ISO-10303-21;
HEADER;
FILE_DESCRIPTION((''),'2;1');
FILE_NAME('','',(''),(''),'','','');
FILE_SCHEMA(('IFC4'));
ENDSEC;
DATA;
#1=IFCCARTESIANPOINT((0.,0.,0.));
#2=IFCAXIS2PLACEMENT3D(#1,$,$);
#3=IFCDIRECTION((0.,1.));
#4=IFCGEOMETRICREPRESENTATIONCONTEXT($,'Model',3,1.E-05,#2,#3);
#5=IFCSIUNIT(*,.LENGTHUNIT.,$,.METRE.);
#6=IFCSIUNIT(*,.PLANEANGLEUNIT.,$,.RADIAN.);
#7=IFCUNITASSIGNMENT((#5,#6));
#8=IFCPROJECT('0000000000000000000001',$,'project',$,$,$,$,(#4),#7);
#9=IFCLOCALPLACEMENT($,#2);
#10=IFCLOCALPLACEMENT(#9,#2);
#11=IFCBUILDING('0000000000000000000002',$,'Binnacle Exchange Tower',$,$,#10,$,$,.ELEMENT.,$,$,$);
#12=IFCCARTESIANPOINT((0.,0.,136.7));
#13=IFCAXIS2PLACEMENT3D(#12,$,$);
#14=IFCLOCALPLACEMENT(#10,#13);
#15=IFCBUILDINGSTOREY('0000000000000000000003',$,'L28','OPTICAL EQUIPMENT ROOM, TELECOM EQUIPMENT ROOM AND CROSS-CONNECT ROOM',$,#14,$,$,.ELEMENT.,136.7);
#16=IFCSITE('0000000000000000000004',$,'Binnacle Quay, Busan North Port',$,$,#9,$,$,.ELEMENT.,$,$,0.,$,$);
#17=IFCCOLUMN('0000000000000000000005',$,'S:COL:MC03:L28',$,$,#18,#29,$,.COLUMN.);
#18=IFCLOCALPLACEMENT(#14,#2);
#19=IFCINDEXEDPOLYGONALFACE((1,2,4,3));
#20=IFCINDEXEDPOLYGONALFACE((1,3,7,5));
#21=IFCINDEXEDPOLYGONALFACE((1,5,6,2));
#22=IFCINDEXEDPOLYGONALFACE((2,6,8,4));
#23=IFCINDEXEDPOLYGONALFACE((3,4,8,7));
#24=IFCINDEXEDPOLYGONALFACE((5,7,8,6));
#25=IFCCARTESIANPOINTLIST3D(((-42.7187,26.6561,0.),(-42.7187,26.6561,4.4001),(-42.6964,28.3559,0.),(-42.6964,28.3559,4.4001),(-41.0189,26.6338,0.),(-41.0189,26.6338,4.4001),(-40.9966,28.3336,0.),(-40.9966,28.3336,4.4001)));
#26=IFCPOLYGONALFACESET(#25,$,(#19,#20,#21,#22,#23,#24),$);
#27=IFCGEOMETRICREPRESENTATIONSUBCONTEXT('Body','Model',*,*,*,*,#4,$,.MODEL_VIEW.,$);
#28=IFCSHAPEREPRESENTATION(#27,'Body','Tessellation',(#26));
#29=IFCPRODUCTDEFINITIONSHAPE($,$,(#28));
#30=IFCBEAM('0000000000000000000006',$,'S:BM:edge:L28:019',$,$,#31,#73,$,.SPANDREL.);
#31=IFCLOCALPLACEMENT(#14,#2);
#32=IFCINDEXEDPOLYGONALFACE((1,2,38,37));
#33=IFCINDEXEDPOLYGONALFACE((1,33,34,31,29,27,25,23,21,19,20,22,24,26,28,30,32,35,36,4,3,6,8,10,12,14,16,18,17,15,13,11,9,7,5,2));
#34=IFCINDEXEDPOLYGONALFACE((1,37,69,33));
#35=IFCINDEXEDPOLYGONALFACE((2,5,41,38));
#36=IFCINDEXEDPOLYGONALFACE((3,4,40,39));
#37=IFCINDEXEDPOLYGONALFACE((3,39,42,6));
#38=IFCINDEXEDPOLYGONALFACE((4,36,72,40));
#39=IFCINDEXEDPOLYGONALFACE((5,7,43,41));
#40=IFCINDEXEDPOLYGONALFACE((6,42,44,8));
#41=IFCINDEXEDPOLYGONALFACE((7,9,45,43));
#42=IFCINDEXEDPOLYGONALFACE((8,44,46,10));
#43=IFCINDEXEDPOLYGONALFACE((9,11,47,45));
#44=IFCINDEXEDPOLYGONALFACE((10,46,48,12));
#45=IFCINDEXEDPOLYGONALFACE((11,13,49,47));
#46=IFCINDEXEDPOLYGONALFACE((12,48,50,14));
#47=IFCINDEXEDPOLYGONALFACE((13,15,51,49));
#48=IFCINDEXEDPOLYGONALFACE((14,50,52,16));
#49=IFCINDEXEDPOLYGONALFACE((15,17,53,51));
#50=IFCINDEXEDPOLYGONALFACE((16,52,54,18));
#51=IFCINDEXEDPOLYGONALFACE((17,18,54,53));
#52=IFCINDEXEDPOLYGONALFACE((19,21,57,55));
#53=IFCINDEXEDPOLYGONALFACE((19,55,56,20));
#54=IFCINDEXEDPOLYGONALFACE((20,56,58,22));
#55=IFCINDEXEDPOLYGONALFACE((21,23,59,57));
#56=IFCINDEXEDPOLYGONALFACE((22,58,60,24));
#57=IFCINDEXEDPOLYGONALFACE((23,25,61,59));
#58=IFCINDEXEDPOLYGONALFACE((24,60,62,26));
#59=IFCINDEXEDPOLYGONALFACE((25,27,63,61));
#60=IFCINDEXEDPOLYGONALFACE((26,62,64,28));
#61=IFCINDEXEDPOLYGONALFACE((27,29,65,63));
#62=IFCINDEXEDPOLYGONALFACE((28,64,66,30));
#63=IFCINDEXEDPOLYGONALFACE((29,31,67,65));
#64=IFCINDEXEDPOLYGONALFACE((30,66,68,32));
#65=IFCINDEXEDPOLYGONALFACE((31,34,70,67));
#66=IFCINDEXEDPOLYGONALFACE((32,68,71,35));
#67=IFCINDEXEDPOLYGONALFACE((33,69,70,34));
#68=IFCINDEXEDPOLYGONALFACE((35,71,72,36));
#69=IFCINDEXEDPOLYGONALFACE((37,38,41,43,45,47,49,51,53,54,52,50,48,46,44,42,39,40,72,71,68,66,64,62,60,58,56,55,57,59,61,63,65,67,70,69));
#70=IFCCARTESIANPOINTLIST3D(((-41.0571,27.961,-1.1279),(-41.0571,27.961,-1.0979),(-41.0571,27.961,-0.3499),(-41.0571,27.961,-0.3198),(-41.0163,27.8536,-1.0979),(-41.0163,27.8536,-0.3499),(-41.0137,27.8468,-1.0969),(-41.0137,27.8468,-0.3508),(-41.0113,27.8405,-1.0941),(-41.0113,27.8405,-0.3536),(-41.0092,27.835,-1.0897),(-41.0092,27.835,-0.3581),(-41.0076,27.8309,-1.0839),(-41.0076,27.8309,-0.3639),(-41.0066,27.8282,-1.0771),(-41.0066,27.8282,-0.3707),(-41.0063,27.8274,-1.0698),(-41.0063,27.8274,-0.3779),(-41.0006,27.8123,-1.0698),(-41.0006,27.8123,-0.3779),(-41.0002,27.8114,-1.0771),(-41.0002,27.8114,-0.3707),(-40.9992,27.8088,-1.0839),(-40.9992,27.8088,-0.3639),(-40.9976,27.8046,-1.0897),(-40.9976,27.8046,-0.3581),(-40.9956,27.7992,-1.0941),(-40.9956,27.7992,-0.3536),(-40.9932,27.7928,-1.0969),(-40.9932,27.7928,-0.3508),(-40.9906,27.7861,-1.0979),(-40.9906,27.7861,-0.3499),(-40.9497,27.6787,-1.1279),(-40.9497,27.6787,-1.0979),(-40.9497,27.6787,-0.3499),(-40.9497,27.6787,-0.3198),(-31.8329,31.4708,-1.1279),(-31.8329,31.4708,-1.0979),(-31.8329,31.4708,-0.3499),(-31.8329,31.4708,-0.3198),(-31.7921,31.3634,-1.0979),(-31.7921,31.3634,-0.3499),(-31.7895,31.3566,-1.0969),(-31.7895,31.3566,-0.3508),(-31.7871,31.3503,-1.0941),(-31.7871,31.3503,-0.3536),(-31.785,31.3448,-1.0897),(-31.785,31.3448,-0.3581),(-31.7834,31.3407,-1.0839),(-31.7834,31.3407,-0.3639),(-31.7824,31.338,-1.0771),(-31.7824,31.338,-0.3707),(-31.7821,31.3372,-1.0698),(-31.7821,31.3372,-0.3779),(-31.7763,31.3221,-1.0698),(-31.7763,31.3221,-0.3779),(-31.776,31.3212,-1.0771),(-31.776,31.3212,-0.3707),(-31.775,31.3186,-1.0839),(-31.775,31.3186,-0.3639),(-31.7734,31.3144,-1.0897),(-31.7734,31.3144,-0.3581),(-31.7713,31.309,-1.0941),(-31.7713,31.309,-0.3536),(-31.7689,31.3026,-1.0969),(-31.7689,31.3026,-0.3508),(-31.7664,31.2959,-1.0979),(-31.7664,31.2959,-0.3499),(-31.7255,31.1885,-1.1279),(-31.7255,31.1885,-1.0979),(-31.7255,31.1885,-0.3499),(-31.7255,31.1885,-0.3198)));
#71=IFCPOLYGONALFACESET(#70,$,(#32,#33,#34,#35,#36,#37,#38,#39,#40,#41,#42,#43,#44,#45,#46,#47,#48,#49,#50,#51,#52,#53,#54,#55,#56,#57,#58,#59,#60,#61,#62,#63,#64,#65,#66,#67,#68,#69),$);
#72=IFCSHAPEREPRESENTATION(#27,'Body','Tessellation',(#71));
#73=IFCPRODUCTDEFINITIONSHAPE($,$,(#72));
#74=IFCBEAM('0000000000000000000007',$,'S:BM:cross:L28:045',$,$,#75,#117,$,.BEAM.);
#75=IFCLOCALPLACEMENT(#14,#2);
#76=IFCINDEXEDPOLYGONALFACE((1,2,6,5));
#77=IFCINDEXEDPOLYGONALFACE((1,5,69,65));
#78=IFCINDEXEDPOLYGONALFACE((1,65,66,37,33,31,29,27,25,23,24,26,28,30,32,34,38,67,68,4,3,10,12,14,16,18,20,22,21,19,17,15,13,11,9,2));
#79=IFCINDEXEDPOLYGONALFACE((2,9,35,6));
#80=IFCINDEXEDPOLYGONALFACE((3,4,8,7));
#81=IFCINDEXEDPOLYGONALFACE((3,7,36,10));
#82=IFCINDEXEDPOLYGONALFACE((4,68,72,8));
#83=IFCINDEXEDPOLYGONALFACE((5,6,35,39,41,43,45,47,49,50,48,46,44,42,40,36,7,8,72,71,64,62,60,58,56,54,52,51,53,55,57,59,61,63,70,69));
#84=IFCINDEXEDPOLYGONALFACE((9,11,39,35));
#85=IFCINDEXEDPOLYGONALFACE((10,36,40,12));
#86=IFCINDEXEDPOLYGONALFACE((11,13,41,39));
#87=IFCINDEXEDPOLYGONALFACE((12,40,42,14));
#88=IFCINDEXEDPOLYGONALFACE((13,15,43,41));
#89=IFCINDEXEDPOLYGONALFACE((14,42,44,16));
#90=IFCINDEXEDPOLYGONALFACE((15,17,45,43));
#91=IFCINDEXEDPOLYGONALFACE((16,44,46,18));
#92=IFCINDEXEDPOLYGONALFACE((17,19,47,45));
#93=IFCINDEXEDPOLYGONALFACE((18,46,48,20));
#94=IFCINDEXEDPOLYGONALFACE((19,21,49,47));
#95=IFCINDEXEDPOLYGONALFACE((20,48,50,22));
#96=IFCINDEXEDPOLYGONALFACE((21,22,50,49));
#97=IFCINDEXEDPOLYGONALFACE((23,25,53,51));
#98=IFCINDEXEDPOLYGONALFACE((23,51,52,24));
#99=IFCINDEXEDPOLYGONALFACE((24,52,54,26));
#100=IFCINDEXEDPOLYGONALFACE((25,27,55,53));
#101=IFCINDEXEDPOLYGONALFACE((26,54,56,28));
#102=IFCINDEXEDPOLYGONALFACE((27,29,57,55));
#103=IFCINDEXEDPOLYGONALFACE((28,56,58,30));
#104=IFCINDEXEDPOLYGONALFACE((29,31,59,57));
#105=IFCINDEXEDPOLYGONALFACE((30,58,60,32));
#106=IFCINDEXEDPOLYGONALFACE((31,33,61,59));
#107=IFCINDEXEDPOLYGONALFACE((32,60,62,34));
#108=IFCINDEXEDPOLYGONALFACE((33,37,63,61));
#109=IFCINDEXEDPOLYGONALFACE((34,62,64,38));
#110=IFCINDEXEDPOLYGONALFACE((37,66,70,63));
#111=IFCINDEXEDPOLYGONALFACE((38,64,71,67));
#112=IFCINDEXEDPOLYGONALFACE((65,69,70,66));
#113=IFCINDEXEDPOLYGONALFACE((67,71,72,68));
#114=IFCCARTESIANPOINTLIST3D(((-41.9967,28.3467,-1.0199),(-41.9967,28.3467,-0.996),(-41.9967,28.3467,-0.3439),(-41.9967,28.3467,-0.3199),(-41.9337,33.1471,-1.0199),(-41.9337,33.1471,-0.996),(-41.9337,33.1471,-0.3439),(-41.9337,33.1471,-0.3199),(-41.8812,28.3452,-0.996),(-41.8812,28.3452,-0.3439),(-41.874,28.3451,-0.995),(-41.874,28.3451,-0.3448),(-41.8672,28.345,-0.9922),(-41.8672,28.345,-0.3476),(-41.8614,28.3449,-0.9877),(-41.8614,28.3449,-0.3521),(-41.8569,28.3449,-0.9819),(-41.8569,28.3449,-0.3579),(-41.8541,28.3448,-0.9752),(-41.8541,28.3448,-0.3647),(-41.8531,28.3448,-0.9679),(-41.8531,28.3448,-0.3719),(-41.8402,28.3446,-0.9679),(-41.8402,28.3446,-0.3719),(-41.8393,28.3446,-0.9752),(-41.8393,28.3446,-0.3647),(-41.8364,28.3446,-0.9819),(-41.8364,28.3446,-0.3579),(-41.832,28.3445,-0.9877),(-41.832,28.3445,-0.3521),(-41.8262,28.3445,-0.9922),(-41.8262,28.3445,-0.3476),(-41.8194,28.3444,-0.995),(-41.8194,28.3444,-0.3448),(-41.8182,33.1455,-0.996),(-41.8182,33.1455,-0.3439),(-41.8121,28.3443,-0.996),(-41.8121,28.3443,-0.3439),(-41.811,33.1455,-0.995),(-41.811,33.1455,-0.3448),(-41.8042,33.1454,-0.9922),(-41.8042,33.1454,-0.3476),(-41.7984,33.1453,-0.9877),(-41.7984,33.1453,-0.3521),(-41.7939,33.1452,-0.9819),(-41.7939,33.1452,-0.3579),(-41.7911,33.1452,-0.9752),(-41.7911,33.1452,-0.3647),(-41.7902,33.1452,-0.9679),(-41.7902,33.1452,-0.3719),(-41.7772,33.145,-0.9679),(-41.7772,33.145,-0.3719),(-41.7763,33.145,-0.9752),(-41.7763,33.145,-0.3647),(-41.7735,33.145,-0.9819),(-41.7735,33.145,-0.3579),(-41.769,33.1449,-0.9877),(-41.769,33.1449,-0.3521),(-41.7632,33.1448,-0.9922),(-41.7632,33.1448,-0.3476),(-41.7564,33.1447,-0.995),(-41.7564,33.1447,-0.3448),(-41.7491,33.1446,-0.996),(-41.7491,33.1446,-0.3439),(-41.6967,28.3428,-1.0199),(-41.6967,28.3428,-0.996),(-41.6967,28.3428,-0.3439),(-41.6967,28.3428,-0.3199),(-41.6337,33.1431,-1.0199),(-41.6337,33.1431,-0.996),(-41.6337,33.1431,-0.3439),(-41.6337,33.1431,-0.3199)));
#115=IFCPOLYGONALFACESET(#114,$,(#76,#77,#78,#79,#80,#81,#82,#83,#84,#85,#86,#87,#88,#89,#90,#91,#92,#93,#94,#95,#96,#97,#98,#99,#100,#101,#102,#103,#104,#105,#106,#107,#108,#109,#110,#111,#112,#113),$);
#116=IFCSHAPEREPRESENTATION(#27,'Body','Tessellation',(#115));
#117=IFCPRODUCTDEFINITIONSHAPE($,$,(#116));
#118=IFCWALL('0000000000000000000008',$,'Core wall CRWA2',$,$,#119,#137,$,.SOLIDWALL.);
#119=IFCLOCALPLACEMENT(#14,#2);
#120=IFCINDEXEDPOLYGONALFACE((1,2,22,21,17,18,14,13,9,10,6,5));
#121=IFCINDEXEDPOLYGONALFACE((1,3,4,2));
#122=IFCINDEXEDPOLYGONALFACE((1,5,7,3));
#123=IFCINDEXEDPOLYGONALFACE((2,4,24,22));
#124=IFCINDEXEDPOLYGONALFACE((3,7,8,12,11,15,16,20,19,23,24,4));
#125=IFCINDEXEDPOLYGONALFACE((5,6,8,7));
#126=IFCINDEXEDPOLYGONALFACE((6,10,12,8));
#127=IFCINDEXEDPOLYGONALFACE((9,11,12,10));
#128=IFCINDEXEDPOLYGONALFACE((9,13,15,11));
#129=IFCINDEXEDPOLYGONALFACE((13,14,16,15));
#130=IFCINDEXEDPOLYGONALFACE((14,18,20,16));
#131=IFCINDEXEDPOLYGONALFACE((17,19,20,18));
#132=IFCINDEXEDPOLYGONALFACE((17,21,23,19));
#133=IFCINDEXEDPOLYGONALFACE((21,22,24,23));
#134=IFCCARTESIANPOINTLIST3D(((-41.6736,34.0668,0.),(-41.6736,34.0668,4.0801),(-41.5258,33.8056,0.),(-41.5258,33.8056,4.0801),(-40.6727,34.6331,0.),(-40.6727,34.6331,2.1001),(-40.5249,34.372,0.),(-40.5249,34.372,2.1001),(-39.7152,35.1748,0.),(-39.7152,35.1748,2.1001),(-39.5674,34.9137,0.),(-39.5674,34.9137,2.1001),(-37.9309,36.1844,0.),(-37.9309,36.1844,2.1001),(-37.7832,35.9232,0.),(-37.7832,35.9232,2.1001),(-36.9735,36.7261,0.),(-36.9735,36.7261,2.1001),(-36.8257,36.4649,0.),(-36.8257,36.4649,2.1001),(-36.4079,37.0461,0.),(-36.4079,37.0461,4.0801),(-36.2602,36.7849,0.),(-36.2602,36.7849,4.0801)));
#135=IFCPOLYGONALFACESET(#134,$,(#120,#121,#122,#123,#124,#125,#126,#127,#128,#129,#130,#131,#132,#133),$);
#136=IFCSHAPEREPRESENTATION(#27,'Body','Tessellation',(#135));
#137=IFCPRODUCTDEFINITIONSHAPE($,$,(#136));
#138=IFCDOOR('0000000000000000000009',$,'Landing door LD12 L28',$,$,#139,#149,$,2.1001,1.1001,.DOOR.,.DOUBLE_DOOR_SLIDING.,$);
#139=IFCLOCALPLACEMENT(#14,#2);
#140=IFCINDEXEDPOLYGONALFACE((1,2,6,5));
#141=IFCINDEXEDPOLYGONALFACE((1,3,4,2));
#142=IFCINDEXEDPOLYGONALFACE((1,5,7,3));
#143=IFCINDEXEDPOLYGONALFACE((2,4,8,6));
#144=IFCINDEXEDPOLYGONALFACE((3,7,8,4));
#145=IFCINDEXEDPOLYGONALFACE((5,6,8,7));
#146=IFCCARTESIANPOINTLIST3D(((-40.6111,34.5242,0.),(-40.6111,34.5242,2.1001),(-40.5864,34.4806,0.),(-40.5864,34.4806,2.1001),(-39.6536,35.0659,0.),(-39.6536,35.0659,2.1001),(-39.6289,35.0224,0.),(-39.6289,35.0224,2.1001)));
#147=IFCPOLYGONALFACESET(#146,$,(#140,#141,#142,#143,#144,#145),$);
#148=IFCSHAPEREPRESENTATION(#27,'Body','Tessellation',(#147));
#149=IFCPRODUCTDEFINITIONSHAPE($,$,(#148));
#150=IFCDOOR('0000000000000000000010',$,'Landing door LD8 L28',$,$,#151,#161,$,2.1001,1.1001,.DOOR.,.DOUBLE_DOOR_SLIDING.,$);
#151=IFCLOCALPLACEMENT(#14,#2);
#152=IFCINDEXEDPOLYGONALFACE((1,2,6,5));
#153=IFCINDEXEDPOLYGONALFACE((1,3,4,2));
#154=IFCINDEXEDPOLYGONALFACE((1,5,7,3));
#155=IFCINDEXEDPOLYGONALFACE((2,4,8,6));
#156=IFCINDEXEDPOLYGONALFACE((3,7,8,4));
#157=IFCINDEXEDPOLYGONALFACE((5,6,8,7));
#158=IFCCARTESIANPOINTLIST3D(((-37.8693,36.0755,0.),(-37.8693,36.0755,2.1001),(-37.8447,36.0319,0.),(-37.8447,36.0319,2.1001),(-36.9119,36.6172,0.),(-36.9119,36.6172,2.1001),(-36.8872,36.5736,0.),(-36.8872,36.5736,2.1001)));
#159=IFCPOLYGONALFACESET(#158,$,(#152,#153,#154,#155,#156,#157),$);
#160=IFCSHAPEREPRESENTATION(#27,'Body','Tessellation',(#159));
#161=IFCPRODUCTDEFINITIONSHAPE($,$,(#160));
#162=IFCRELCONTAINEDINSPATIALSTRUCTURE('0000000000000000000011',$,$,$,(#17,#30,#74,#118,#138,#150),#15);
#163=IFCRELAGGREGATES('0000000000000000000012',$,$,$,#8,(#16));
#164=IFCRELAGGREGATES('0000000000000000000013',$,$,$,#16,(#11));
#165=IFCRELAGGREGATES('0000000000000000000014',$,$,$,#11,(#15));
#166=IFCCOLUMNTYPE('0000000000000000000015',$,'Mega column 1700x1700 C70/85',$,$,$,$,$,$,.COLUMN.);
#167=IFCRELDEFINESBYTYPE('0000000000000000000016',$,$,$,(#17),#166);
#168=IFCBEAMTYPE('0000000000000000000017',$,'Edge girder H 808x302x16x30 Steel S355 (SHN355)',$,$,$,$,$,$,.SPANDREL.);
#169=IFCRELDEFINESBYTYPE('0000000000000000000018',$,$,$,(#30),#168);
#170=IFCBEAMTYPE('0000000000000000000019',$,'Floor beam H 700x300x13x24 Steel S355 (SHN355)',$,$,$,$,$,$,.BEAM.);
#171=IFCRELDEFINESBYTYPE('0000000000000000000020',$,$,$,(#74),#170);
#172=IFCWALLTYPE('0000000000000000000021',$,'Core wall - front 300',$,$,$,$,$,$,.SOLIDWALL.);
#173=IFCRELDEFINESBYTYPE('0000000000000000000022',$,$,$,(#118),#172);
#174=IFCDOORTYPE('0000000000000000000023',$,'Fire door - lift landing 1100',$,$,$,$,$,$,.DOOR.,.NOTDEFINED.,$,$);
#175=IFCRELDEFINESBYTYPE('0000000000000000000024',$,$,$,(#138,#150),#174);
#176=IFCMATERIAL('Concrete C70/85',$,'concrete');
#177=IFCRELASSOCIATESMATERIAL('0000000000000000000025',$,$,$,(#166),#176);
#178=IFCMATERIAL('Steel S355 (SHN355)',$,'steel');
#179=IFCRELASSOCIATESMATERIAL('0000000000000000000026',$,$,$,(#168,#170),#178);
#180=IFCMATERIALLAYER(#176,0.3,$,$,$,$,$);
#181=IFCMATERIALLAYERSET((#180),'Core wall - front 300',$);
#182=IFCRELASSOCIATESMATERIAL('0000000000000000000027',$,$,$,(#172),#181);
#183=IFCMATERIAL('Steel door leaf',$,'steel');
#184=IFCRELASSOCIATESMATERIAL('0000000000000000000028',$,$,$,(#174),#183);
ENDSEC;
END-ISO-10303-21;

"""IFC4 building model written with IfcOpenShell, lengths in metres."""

from ifc_helpers import new_model, si_unit, direction, frame, frame_2d, origin, origin_2d, place, context, subcontext, project, spatial, rectangle, i_section, extrude, material, layer, layer_set, material_profile, profile_set, type_object, element, fill, save


model = new_model("IFC4")

# Units and contexts
model_context = context("Model", 3, precision=1e-05, world=origin(), true_north=direction((0.0, 1.0)))
body_context = subcontext(model_context, "Body", "Model", "MODEL_VIEW")
ifc_project = project(units=[si_unit("LENGTHUNIT", "METRE"), si_unit("PLANEANGLEUNIT", "RADIAN")], contexts=[model_context])

# Site, building, storey
site_placement = place(None, origin())
site = spatial("IfcSite", under=ifc_project, at=site_placement, Name="Binnacle Quay, Busan North Port", CompositionType="ELEMENT", RefElevation=0.0)
building_placement = place(site_placement, origin())
building = spatial("IfcBuilding", under=site, at=building_placement, Name="Binnacle Exchange Tower", CompositionType="ELEMENT")
storey_placement = place(building_placement, frame((0.0, 0.0, 136.7)))
storey = spatial("IfcBuildingStorey", under=building, at=storey_placement, Name="L28", Description="OPTICAL EQUIPMENT ROOM, TELECOM EQUIPMENT ROOM AND CROSS-CONNECT ROOM", CompositionType="ELEMENT", Elevation=136.7)

# Column
ifc_material_1 = material(Name="Concrete C70/85", Category="concrete")
ifc_material_profile_1 = material_profile(ifc_material_1, rectangle(XDim=1.7, YDim=1.7, at=origin_2d()), Name="Mega column 1700x1700 C70/85")
ifc_profile_set_1 = profile_set([ifc_material_profile_1], Name="Concrete C70/85")
column_type = type_object("IfcColumnType", Name="Mega column 1700x1700 C70/85", PredefinedType="COLUMN", material=ifc_profile_set_1)
column_placement = place(storey_placement, frame((-41.8577, 27.4949, 0.0), z_axis=(0.0, 0.0, 1.0), x_axis=(0.999914, -0.01309, 0.0)))
element("IfcColumn", 1, at=column_placement, inside=storey, type_object=column_type, Name="S:COL:MC03:L28", PredefinedType="COLUMN", context=body_context, shape_type="SweptSolid", body=[
    extrude(rectangle(XDim=1.7, YDim=1.7, at=origin_2d()), origin(), (0.0, 0.0, 1.0), 4.4001),
])

# Beams
ifc_material_2 = material(Name="Steel S355 (SHN355)", Category="steel")
ifc_material_profile_2 = material_profile(ifc_material_2, i_section(OverallWidth=0.302, OverallDepth=0.8081, WebThickness=0.0161, FlangeThickness=0.03, FilletRadius=0.0281, at=origin_2d()), Name="H 808x302x16x30")
ifc_profile_set_2 = profile_set([ifc_material_profile_2], Name="Steel S355 (SHN355)")
beam_type_1 = type_object("IfcBeamType", Name="Edge girder H 808x302x16x30 Steel S355 (SHN355)", PredefinedType="SPANDREL", material=ifc_profile_set_2)
beam_1_placement = place(storey_placement, frame((-41.0034, 27.8198, -0.7239), z_axis=(0.934629, 0.355625, 0.0), x_axis=(-0.355625, 0.934629, 0.0)))
element("IfcBeam", 2, at=beam_1_placement, inside=storey, type_object=beam_type_1, Name="S:BM:edge:L28:019", PredefinedType="SPANDREL", context=body_context, shape_type="SweptSolid", body=[
    extrude(i_section(OverallWidth=0.302, OverallDepth=0.8081, WebThickness=0.0161, FlangeThickness=0.03, FilletRadius=0.0281, at=origin_2d()), origin(), (0.0, 0.0, 1.0), 9.8694),
])
ifc_material_profile_3 = material_profile(ifc_material_2, i_section(OverallWidth=0.3, OverallDepth=0.7, WebThickness=0.0129, FlangeThickness=0.0239, FilletRadius=0.0281, at=origin_2d()), Name="H 700x300x13x24")
ifc_profile_set_3 = profile_set([ifc_material_profile_3], Name="Steel S355 (SHN355)")
beam_type_2 = type_object("IfcBeamType", Name="Floor beam H 700x300x13x24 Steel S355 (SHN355)", PredefinedType="BEAM", material=ifc_profile_set_3)
beam_2_placement = place(storey_placement, frame((-41.8467, 28.3447, -0.6699), z_axis=(0.013121, 0.999914, 0.0), x_axis=(-0.999914, 0.013121, 0.0)))
element("IfcBeam", 3, at=beam_2_placement, inside=storey, type_object=beam_type_2, Name="S:BM:cross:L28:045", PredefinedType="BEAM", context=body_context, shape_type="SweptSolid", body=[
    extrude(i_section(OverallWidth=0.3, OverallDepth=0.7, WebThickness=0.0129, FlangeThickness=0.0239, FilletRadius=0.0281, at=origin_2d()), origin(), (0.0, 0.0, 1.0), 4.8008),
])

# Wall, openings, doors
ifc_layer_1 = layer(ifc_material_1, 0.3)
ifc_layer_set_1 = layer_set([ifc_layer_1], Name="Core wall - front 300")
wall_type_1 = type_object("IfcWallType", Name="Core wall - front 300", PredefinedType="SOLIDWALL", material=ifc_layer_set_1)
wall_1_placement = place(storey_placement, frame((-41.5996, 33.9363, 0.0), z_axis=(0.0, 0.0, 1.0), x_axis=(0.870349, 0.492436, 0.0)))
wall_1 = element("IfcWall", 4, at=wall_1_placement, inside=storey, type_object=wall_type_1, Name="Core wall CRWA2", PredefinedType="SOLIDWALL", context=body_context, shape_type="SweptSolid", body=[
    extrude(rectangle(XDim=6.05, YDim=0.3, at=frame_2d((3.0249, 0.0))), origin(), (0.0, 0.0, 1.0), 4.0801),
])
opening_1_placement = place(wall_1_placement, frame((1.1499, 0.0, 0.0)))
opening_1 = element("IfcOpeningElement", 5, at=opening_1_placement, cuts=wall_1, PredefinedType="OPENING", context=body_context, shape_type="SweptSolid", body=[
    extrude(rectangle(XDim=1.1001, YDim=2.1001, at=frame_2d((0.55, 1.05))), frame((0.0, 0.1599, 0.0), z_axis=(0.0, -1.0, 0.0), x_axis=(1.0, 0.0, 0.0)), (0.0, 0.0, 1.0), 0.3201),
])
opening_2_placement = place(wall_1_placement, frame((4.3, 0.0, 0.0)))
opening_2 = element("IfcOpeningElement", 6, at=opening_2_placement, cuts=wall_1, PredefinedType="OPENING", context=body_context, shape_type="SweptSolid", body=[
    extrude(rectangle(XDim=1.1001, YDim=2.1001, at=frame_2d((0.55, 1.05))), frame((0.0, 0.1599, 0.0), z_axis=(0.0, -1.0, 0.0), x_axis=(1.0, 0.0, 0.0)), (0.0, 0.0, 1.0), 0.3201),
])
ifc_material_3 = material(Name="Steel door leaf", Category="steel")
door_type_1 = type_object("IfcDoorType", Name="Fire door - lift landing 1100", OperationType="NOTDEFINED", PredefinedType="DOOR", material=ifc_material_3)
door_1_placement = place(opening_1_placement, origin())
door_1 = element("IfcDoor", 7, at=door_1_placement, inside=storey, type_object=door_type_1, Name="Landing door LD12 L28", OperationType="DOUBLE_DOOR_SLIDING", OverallHeight=2.1001, OverallWidth=1.1001, PredefinedType="DOOR", context=body_context, shape_type="SweptSolid", body=[
    extrude(rectangle(XDim=1.1001, YDim=2.1001, at=frame_2d((0.55, 1.05))), frame((0.0, 0.0249, 0.0), z_axis=(0.0, -1.0, 0.0), x_axis=(1.0, 0.0, 0.0)), (0.0, 0.0, 1.0), 0.05),
])
fill(opening_1, door_1)
door_2_placement = place(opening_2_placement, origin())
door_2 = element("IfcDoor", 8, at=door_2_placement, inside=storey, type_object=door_type_1, Name="Landing door LD8 L28", OperationType="DOUBLE_DOOR_SLIDING", OverallHeight=2.1001, OverallWidth=1.1001, PredefinedType="DOOR", context=body_context, shape_type="SweptSolid", body=[
    extrude(rectangle(XDim=1.1001, YDim=2.1001, at=frame_2d((0.55, 1.05))), frame((0.0, 0.0249, 0.0), z_axis=(0.0, -1.0, 0.0), x_axis=(1.0, 0.0, 0.0)), (0.0, 0.0, 1.0), 0.05),
])
fill(opening_2, door_2)

save(model, "model.ifc")
